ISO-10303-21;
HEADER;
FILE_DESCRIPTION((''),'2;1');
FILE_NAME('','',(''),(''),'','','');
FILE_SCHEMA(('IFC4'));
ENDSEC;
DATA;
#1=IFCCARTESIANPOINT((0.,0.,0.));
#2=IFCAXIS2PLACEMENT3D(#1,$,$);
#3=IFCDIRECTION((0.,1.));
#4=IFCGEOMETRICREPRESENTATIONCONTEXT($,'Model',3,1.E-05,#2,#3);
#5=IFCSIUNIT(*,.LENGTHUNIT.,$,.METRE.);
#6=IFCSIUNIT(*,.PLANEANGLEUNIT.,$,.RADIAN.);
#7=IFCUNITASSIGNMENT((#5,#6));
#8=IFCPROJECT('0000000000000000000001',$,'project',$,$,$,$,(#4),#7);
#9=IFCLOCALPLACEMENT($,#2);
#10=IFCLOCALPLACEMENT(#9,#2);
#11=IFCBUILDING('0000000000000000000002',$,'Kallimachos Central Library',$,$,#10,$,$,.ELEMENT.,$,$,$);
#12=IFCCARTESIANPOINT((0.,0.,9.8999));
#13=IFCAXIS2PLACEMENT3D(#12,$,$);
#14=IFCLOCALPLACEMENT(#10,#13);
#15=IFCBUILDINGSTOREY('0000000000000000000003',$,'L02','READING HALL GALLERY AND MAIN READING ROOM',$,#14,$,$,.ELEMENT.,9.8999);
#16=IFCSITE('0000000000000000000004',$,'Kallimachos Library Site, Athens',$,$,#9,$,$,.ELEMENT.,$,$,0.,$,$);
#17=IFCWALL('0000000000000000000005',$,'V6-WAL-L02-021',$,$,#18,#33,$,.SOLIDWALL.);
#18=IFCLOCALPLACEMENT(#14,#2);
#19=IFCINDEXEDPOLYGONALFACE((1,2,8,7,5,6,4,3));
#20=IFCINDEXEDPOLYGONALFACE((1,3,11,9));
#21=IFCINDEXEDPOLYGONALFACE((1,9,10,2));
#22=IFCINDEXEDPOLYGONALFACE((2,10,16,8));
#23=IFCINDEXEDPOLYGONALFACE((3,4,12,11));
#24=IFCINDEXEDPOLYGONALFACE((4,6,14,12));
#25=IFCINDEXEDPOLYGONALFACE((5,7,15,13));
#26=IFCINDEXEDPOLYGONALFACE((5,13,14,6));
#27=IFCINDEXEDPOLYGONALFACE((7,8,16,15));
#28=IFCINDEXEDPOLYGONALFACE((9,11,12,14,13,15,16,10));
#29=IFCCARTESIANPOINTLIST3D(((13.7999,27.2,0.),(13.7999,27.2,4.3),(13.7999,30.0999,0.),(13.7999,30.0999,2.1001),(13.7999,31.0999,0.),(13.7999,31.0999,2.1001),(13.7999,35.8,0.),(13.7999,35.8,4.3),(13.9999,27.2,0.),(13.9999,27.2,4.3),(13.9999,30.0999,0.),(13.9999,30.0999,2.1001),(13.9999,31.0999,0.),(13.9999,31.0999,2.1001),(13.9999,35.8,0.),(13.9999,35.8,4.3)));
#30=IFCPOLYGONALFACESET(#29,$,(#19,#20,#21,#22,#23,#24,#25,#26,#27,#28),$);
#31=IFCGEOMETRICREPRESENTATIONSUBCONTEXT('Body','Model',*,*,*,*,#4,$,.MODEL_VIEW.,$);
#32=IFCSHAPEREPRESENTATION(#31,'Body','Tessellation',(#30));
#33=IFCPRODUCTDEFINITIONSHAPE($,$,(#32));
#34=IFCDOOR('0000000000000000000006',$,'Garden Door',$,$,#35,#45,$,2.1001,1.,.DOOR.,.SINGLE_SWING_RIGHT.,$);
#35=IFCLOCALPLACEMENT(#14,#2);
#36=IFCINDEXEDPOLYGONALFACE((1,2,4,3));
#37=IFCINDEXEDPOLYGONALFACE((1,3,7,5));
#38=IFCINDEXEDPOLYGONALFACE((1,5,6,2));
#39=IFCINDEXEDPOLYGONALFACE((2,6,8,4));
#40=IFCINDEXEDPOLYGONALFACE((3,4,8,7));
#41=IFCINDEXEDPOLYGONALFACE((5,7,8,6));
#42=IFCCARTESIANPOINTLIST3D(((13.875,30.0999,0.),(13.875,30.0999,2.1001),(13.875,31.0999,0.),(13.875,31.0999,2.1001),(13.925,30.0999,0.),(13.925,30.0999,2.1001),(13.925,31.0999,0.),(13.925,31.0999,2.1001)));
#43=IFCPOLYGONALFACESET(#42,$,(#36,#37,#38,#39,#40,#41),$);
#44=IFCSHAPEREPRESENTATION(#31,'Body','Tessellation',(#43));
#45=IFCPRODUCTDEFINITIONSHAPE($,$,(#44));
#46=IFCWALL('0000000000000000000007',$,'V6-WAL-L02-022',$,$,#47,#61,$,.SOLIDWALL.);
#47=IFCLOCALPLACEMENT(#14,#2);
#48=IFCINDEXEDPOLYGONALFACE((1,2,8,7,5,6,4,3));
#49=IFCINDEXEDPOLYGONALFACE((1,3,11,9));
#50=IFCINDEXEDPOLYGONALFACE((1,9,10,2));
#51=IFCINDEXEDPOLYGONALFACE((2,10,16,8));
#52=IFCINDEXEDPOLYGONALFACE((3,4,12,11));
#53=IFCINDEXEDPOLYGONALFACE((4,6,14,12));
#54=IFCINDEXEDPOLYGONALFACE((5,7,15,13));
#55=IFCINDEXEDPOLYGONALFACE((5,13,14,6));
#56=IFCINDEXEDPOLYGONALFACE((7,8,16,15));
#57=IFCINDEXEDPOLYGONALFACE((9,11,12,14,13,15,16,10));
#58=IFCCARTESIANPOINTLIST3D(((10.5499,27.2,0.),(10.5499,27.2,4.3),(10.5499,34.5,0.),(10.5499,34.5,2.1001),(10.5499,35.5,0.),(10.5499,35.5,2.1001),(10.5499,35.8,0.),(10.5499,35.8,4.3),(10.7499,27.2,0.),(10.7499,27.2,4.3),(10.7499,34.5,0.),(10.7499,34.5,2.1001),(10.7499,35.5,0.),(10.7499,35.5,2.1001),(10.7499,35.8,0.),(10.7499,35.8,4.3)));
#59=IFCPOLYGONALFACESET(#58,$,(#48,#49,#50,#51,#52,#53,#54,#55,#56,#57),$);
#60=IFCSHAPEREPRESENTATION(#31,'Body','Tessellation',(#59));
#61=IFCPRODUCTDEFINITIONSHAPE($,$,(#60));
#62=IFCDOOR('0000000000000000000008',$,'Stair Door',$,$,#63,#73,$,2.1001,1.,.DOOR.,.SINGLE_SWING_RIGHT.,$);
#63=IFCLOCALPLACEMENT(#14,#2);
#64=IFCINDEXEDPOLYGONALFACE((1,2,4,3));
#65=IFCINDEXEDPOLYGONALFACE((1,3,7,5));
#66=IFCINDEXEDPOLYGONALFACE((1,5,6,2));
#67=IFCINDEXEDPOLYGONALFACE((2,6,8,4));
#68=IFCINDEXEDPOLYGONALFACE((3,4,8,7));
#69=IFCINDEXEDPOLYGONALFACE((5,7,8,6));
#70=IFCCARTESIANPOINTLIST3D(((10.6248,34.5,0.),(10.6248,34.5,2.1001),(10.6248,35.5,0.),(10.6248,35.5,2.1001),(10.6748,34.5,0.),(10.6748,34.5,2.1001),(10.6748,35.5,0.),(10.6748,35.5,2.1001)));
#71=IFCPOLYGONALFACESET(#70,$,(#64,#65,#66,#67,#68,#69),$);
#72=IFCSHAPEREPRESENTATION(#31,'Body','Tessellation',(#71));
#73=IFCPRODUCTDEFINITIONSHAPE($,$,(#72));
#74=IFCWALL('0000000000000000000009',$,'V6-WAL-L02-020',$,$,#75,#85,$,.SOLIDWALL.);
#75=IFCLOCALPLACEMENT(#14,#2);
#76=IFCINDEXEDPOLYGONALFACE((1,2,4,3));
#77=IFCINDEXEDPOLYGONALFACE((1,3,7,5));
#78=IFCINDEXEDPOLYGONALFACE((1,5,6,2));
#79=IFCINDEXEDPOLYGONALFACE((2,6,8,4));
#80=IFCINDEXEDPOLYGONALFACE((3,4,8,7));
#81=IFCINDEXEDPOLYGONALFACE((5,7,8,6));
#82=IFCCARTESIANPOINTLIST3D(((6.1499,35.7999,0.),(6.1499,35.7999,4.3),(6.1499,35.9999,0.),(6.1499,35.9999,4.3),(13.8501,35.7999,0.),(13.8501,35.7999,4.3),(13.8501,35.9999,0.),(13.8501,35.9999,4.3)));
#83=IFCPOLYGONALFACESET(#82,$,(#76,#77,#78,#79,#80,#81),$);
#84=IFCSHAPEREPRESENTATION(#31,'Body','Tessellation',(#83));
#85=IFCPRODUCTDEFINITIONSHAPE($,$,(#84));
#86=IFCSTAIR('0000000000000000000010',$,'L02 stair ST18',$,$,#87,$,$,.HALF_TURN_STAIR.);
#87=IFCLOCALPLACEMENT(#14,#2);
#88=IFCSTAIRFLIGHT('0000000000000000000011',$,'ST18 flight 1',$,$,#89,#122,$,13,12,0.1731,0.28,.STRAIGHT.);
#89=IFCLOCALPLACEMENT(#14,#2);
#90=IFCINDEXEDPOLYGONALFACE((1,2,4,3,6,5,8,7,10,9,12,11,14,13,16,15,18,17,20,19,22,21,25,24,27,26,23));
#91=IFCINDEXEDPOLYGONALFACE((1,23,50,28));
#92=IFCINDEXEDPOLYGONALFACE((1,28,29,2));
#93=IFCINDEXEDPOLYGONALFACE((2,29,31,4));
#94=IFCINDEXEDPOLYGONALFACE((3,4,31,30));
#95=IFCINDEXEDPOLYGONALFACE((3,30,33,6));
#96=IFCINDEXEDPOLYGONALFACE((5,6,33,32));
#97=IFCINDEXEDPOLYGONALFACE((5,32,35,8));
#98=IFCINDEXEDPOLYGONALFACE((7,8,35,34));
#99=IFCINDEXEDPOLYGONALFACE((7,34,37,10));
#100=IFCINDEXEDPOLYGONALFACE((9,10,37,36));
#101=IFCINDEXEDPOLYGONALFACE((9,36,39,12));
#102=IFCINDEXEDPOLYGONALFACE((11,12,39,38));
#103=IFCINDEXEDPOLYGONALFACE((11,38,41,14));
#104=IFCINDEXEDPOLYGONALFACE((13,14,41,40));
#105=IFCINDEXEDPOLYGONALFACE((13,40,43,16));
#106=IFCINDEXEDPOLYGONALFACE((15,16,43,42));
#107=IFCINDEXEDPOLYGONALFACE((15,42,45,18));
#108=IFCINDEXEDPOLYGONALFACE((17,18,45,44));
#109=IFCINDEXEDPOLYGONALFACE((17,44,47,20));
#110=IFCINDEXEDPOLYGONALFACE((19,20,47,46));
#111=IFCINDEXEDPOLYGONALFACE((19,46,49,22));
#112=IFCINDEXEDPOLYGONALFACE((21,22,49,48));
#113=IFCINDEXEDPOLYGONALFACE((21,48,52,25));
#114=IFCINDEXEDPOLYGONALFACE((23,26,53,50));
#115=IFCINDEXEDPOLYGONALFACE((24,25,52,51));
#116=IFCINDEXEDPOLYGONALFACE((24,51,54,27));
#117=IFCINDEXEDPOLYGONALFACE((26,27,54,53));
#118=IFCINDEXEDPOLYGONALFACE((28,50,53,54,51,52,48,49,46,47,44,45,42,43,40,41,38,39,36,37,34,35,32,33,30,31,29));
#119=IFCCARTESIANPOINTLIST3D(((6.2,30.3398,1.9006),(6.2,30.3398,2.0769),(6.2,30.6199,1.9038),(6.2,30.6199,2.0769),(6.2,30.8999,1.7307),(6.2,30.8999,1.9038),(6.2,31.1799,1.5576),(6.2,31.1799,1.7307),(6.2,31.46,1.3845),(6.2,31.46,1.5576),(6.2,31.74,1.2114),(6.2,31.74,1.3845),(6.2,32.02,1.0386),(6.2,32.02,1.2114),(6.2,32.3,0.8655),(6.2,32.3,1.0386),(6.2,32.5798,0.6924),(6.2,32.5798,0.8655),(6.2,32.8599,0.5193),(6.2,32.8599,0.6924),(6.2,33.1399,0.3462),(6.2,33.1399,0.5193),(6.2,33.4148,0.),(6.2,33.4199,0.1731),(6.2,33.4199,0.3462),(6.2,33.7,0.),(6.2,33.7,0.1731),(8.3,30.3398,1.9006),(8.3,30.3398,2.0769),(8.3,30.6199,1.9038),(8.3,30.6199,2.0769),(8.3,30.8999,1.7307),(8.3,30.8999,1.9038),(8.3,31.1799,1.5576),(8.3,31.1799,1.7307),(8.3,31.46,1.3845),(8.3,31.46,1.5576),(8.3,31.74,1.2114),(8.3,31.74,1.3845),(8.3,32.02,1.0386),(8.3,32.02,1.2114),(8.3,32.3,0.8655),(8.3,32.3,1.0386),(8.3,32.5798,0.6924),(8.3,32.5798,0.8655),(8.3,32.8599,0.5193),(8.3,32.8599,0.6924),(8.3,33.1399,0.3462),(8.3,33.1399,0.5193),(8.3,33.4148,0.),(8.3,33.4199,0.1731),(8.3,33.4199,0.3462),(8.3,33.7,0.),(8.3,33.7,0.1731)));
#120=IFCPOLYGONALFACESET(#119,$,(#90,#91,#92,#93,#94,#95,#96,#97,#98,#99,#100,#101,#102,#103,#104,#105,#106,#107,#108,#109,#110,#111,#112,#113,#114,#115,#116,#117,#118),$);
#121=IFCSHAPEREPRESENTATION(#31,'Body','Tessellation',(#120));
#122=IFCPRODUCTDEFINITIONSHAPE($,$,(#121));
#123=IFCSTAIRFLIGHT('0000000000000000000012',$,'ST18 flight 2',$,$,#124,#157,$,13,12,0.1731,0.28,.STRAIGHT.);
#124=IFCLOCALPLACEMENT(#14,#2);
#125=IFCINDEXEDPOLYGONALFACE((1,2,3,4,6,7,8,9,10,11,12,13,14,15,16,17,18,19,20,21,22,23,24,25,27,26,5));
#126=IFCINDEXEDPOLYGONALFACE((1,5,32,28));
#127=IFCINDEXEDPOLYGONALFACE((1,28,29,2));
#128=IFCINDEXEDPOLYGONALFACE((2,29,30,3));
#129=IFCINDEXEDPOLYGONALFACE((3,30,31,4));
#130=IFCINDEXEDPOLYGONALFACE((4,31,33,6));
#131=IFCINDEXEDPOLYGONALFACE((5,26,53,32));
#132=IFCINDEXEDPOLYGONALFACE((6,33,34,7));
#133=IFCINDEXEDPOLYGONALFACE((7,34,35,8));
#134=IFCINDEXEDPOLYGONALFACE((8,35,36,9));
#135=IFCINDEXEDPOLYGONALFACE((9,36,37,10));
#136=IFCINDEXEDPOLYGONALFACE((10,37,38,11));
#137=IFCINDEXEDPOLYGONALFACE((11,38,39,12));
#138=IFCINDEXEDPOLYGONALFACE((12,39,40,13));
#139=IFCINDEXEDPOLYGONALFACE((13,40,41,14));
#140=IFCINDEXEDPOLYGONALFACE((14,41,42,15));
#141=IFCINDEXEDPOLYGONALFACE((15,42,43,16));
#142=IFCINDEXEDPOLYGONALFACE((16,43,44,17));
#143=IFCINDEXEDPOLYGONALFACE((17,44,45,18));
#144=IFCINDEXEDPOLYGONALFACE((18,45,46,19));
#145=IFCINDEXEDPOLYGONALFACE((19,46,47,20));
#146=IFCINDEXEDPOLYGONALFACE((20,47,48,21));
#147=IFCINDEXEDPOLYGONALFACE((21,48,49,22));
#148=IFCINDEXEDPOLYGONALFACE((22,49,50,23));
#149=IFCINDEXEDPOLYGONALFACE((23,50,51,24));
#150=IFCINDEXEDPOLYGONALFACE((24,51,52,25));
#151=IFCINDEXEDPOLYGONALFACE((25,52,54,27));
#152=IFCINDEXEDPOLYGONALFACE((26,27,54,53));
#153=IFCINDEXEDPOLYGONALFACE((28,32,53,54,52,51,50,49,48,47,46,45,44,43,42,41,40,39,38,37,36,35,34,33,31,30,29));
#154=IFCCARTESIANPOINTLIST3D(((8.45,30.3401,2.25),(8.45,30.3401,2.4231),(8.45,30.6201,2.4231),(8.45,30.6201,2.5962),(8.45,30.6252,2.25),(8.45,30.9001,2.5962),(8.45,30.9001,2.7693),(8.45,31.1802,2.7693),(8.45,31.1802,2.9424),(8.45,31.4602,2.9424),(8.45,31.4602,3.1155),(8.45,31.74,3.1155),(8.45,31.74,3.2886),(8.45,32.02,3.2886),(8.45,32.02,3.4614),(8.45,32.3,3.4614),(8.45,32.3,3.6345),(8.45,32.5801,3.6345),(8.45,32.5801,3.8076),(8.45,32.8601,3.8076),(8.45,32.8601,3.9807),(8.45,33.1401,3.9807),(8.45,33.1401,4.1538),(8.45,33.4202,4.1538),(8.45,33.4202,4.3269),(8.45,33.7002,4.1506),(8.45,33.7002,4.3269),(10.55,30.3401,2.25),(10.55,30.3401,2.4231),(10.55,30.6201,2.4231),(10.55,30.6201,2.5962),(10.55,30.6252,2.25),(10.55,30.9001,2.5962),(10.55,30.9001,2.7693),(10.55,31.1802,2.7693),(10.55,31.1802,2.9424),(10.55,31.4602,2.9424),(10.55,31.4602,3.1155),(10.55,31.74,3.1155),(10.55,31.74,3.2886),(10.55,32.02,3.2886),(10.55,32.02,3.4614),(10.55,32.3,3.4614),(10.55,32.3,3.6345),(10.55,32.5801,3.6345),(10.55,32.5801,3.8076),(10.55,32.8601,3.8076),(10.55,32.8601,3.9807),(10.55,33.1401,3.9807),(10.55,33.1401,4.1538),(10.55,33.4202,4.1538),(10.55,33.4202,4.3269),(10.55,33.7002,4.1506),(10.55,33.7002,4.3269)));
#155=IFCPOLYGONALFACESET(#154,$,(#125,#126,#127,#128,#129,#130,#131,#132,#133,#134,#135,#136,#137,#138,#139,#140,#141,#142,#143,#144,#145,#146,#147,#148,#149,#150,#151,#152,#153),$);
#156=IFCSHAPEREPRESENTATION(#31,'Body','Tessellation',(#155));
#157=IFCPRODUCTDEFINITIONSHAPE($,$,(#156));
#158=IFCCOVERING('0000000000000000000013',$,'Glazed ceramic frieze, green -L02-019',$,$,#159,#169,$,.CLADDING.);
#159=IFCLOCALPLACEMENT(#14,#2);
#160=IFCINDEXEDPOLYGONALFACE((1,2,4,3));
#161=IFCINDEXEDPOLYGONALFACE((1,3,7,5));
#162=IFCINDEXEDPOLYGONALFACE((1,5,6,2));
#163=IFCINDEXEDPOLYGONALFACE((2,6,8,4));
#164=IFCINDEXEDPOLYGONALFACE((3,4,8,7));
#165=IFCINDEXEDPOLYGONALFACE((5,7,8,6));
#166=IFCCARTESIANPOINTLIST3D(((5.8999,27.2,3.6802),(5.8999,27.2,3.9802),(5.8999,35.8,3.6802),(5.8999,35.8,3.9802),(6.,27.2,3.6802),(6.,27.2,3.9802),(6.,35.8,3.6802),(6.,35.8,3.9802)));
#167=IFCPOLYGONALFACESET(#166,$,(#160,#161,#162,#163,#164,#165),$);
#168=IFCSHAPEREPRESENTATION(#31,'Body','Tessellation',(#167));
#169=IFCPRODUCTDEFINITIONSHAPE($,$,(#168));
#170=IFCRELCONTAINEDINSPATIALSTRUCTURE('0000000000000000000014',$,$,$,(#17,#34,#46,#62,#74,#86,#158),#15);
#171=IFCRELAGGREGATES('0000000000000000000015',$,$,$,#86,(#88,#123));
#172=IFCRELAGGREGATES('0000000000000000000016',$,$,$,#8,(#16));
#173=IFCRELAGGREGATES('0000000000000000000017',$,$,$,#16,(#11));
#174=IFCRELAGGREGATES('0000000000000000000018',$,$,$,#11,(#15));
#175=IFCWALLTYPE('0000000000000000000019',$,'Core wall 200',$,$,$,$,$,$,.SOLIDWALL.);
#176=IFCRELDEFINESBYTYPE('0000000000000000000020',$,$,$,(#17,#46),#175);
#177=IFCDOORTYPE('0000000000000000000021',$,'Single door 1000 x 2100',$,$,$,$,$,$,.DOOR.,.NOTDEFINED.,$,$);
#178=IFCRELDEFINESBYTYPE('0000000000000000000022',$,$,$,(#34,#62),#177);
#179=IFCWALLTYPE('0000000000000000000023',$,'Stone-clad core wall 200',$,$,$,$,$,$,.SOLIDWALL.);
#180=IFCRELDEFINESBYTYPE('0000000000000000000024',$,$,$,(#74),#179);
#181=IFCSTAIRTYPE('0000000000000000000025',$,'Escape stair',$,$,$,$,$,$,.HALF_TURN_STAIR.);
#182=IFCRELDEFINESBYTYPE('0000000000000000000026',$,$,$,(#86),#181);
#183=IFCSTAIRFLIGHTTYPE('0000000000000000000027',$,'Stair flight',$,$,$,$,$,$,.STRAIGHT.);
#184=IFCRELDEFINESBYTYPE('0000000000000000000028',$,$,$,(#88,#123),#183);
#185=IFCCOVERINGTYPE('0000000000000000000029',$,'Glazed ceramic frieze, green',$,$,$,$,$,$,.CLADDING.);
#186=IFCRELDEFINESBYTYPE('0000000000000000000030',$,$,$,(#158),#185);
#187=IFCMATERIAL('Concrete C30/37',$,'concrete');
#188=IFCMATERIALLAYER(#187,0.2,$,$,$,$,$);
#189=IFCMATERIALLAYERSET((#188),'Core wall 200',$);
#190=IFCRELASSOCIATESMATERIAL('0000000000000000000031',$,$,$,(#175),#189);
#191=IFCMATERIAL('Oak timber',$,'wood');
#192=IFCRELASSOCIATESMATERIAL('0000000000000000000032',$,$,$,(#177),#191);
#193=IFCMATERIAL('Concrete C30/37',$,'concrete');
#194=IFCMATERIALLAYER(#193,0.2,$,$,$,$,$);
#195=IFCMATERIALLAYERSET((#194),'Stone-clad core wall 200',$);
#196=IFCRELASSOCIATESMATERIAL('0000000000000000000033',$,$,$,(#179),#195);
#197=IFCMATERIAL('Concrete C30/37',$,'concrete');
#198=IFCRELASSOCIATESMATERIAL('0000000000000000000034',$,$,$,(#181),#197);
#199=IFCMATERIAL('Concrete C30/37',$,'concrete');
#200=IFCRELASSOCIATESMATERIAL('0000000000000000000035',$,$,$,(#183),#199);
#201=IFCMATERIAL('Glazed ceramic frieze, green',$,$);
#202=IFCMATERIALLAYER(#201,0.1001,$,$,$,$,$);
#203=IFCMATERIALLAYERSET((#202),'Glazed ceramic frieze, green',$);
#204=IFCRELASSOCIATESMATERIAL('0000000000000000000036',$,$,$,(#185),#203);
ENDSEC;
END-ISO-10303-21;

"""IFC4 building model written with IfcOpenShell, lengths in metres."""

from ifc_helpers import new_model, si_unit, direction, frame, frame_2d, origin, origin_2d, place, context, subcontext, project, spatial, polyline, rectangle, outline, extrude, material, layer, layer_set, type_object, element, fill, aggregate, save


model = new_model("IFC4")

# Units and contexts
model_context = context("Model", 3, precision=1e-05, world=origin(), true_north=direction((0.0, 1.0)))
body_context = subcontext(model_context, "Body", "Model", "MODEL_VIEW")
ifc_project = project(units=[si_unit("LENGTHUNIT", "METRE"), si_unit("PLANEANGLEUNIT", "RADIAN")], contexts=[model_context])

# Site, building, storey
site_placement = place(None, origin())
site = spatial("IfcSite", under=ifc_project, at=site_placement, Name="Kallimachos Library Site, Athens", CompositionType="ELEMENT", RefElevation=0.0)
building_placement = place(site_placement, origin())
building = spatial("IfcBuilding", under=site, at=building_placement, Name="Kallimachos Central Library", CompositionType="ELEMENT")
storey_placement = place(building_placement, frame((0.0, 0.0, 9.8999)))
storey = spatial("IfcBuildingStorey", under=building, at=storey_placement, Name="L02", Description="READING HALL GALLERY AND MAIN READING ROOM", CompositionType="ELEMENT", Elevation=9.8999)

# Walls, openings, doors
ifc_material_1 = material(Name="Concrete C30/37", Category="concrete")
ifc_layer_1 = layer(ifc_material_1, 0.2)
ifc_layer_set_1 = layer_set([ifc_layer_1], Name="Core wall 200")
wall_type_1 = type_object("IfcWallType", Name="Core wall 200", PredefinedType="SOLIDWALL", material=ifc_layer_set_1)
wall_1_placement = place(storey_placement, frame((13.8999, 27.2, 0.0), z_axis=(0.0, 0.0, 1.0), x_axis=(0.0, 1.0, 0.0)))
wall_1 = element("IfcWall", 1, at=wall_1_placement, inside=storey, type_object=wall_type_1, Name="V6-WAL-L02-021", PredefinedType="SOLIDWALL", context=body_context, shape_type="SweptSolid", body=[
    extrude(rectangle(XDim=8.6001, YDim=0.2, at=frame_2d((4.3, 0.0))), origin(), (0.0, 0.0, 1.0), 4.3),
])
opening_1_placement = place(wall_1_placement, frame((2.8999, 0.0, 0.0)))
opening_1 = element("IfcOpeningElement", 2, at=opening_1_placement, cuts=wall_1, PredefinedType="OPENING", context=body_context, shape_type="SweptSolid", body=[
    extrude(rectangle(XDim=1.0, YDim=2.1001, at=frame_2d((0.5, 1.05))), frame((0.0, 0.1099, 0.0), z_axis=(0.0, -1.0, 0.0), x_axis=(1.0, 0.0, 0.0)), (0.0, 0.0, 1.0), 0.22),
])
ifc_material_2 = material(Name="Oak timber", Category="wood")
door_type = type_object("IfcDoorType", Name="Single door 1000 x 2100", OperationType="NOTDEFINED", PredefinedType="DOOR", material=ifc_material_2)
door_1_placement = place(opening_1_placement, origin())
door_1 = element("IfcDoor", 3, at=door_1_placement, inside=storey, type_object=door_type, Name="Garden Door", OperationType="SINGLE_SWING_RIGHT", OverallHeight=2.1001, OverallWidth=1.0, PredefinedType="DOOR", context=body_context, shape_type="SweptSolid", body=[
    extrude(rectangle(XDim=1.0, YDim=2.1001, at=frame_2d((0.5, 1.05))), frame((0.0, 0.0249, 0.0), z_axis=(0.0, -1.0, 0.0), x_axis=(1.0, 0.0, 0.0)), (0.0, 0.0, 1.0), 0.05),
])
fill(opening_1, door_1)
wall_2_placement = place(storey_placement, frame((10.6499, 27.2, 0.0), z_axis=(0.0, 0.0, 1.0), x_axis=(0.0, 1.0, 0.0)))
wall_2 = element("IfcWall", 4, at=wall_2_placement, inside=storey, type_object=wall_type_1, Name="V6-WAL-L02-022", PredefinedType="SOLIDWALL", context=body_context, shape_type="SweptSolid", body=[
    extrude(rectangle(XDim=8.6001, YDim=0.2, at=frame_2d((4.3, 0.0))), origin(), (0.0, 0.0, 1.0), 4.3),
])
opening_2_placement = place(wall_2_placement, frame((7.3, 0.0, 0.0)))
opening_2 = element("IfcOpeningElement", 5, at=opening_2_placement, cuts=wall_2, PredefinedType="OPENING", context=body_context, shape_type="SweptSolid", body=[
    extrude(rectangle(XDim=1.0, YDim=2.1001, at=frame_2d((0.5, 1.05))), frame((0.0, 0.1099, 0.0), z_axis=(0.0, -1.0, 0.0), x_axis=(1.0, 0.0, 0.0)), (0.0, 0.0, 1.0), 0.22),
])
door_2_placement = place(opening_2_placement, frame((1.0, 0.0, 0.0), z_axis=(0.0, 0.0, 1.0), x_axis=(-1.0, 0.0, 0.0)))
door_2 = element("IfcDoor", 6, at=door_2_placement, inside=storey, type_object=door_type, Name="Stair Door", OperationType="SINGLE_SWING_RIGHT", OverallHeight=2.1001, OverallWidth=1.0, PredefinedType="DOOR", context=body_context, shape_type="SweptSolid", body=[
    extrude(rectangle(XDim=1.0, YDim=2.1001, at=frame_2d((0.5, 1.05))), frame((0.0, 0.0249, 0.0), z_axis=(0.0, -1.0, 0.0), x_axis=(1.0, 0.0, 0.0)), (0.0, 0.0, 1.0), 0.05),
])
fill(opening_2, door_2)

# Wall
ifc_material_3 = material(Name="Concrete C30/37", Category="concrete")
ifc_layer_2 = layer(ifc_material_3, 0.2)
ifc_layer_set_2 = layer_set([ifc_layer_2], Name="Stone-clad core wall 200")
wall_type_2 = type_object("IfcWallType", Name="Stone-clad core wall 200", PredefinedType="SOLIDWALL", material=ifc_layer_set_2)
wall_3_placement = place(storey_placement, frame((6.1499, 35.8999, 0.0), z_axis=(0.0, 0.0, 1.0), x_axis=(1.0, 0.0, 0.0)))
element("IfcWall", 7, at=wall_3_placement, inside=storey, type_object=wall_type_2, Name="V6-WAL-L02-020", PredefinedType="SOLIDWALL", context=body_context, shape_type="SweptSolid", body=[
    extrude(rectangle(XDim=7.7002, YDim=0.2, at=frame_2d((3.8501, 0.0))), origin(), (0.0, 0.0, 1.0), 4.3),
])

# Stair, stair flights
ifc_material_4 = material(Name="Concrete C30/37", Category="concrete")
stair_type = type_object("IfcStairType", Name="Escape stair", PredefinedType="HALF_TURN_STAIR", material=ifc_material_4)
stair_placement = place(storey_placement, origin())
stair = element("IfcStair", 8, at=stair_placement, inside=storey, type_object=stair_type, Name="L02 stair ST18", PredefinedType="HALF_TURN_STAIR")
ifc_material_5 = material(Name="Concrete C30/37", Category="concrete")
stair_flight_type = type_object("IfcStairFlightType", Name="Stair flight", PredefinedType="STRAIGHT", material=ifc_material_5)
stair_flight_1_placement = place(storey_placement, frame((7.25, 33.7, 0.0), z_axis=(0.0, 0.0, 1.0), x_axis=(0.0, -1.0, 0.0)))
stair_flight_1 = element("IfcStairFlight", 9, at=stair_flight_1_placement, type_object=stair_flight_type, Name="ST18 flight 1", NumberOfRisers=13, NumberOfTreads=12, PredefinedType="STRAIGHT", RiserHeight=0.1731, TreadLength=0.28, context=body_context, shape_type="SweptSolid", body=[
    extrude(outline(polyline([(0.0, 0.0), (0.0, 0.1731), (0.28, 0.1731), (0.28, 0.3462), (0.5601, 0.3462), (0.5601, 0.5193), (0.8401, 0.5193), (0.8401, 0.6924), (1.1201, 0.6924), (1.1201, 0.8655), (1.3999, 0.8655), (1.3999, 1.0386), (1.6799, 1.0386), (1.6799, 1.2114), (1.96, 1.2114), (1.96, 1.3845), (2.24, 1.3845), (2.24, 1.5576), (2.52, 1.5576), (2.52, 1.7307), (2.8, 1.7307), (2.8, 1.9038), (3.0801, 1.9038), (3.0801, 2.0769), (3.3601, 2.0769), (3.3601, 2.25), (3.3601, 1.9006), (0.2852, 0.0), (0.0, 0.0)])), frame((0.0, 1.05, 0.0), z_axis=(0.0, -1.0, 0.0), x_axis=(1.0, 0.0, 0.0)), (0.0, 0.0, 1.0), 2.1001),
])
stair_flight_2_placement = place(storey_placement, frame((9.5, 30.3401, 2.25), z_axis=(0.0, 0.0, 1.0), x_axis=(0.0, 1.0, 0.0)))
stair_flight_2 = element("IfcStairFlight", 10, at=stair_flight_2_placement, type_object=stair_flight_type, Name="ST18 flight 2", NumberOfRisers=13, NumberOfTreads=12, PredefinedType="STRAIGHT", RiserHeight=0.1731, TreadLength=0.28, context=body_context, shape_type="SweptSolid", body=[
    extrude(outline(polyline([(0.0, 0.0), (0.0, 0.1731), (0.28, 0.1731), (0.28, 0.3462), (0.5601, 0.3462), (0.5601, 0.5193), (0.8401, 0.5193), (0.8401, 0.6924), (1.1201, 0.6924), (1.1201, 0.8655), (1.3999, 0.8655), (1.3999, 1.0386), (1.6799, 1.0386), (1.6799, 1.2114), (1.96, 1.2114), (1.96, 1.3845), (2.24, 1.3845), (2.24, 1.5576), (2.52, 1.5576), (2.52, 1.7307), (2.8, 1.7307), (2.8, 1.9038), (3.0801, 1.9038), (3.0801, 2.0769), (3.3601, 2.0769), (3.3601, 2.25), (3.3601, 1.9006), (0.2852, 0.0), (0.0, 0.0)])), frame((0.0, 1.05, 0.0), z_axis=(0.0, -1.0, 0.0), x_axis=(1.0, 0.0, 0.0)), (0.0, 0.0, 1.0), 2.1001),
])
aggregate(stair, [stair_flight_1, stair_flight_2])

# Covering
ifc_material_6 = material(Name="Glazed ceramic frieze, green")
ifc_layer_3 = layer(ifc_material_6, 0.1001)
ifc_layer_set_3 = layer_set([ifc_layer_3], Name="Glazed ceramic frieze, green")
covering_type_1 = type_object("IfcCoveringType", Name="Glazed ceramic frieze, green", PredefinedType="CLADDING", material=ifc_layer_set_3)
covering_1_placement = place(storey_placement, frame((5.95, 31.5, 3.6802), z_axis=(0.0, 0.0, 1.0), x_axis=(1.0, 0.0, 0.0)))
element("IfcCovering", 11, at=covering_1_placement, inside=storey, type_object=covering_type_1, Name="Glazed ceramic frieze, green -L02-019", PredefinedType="CLADDING", context=body_context, shape_type="SweptSolid", body=[
    extrude(rectangle(XDim=0.1001, YDim=8.6001, at=origin_2d()), origin(), (0.0, 0.0, 1.0), 0.3),
])

save(model, "model.ifc")
